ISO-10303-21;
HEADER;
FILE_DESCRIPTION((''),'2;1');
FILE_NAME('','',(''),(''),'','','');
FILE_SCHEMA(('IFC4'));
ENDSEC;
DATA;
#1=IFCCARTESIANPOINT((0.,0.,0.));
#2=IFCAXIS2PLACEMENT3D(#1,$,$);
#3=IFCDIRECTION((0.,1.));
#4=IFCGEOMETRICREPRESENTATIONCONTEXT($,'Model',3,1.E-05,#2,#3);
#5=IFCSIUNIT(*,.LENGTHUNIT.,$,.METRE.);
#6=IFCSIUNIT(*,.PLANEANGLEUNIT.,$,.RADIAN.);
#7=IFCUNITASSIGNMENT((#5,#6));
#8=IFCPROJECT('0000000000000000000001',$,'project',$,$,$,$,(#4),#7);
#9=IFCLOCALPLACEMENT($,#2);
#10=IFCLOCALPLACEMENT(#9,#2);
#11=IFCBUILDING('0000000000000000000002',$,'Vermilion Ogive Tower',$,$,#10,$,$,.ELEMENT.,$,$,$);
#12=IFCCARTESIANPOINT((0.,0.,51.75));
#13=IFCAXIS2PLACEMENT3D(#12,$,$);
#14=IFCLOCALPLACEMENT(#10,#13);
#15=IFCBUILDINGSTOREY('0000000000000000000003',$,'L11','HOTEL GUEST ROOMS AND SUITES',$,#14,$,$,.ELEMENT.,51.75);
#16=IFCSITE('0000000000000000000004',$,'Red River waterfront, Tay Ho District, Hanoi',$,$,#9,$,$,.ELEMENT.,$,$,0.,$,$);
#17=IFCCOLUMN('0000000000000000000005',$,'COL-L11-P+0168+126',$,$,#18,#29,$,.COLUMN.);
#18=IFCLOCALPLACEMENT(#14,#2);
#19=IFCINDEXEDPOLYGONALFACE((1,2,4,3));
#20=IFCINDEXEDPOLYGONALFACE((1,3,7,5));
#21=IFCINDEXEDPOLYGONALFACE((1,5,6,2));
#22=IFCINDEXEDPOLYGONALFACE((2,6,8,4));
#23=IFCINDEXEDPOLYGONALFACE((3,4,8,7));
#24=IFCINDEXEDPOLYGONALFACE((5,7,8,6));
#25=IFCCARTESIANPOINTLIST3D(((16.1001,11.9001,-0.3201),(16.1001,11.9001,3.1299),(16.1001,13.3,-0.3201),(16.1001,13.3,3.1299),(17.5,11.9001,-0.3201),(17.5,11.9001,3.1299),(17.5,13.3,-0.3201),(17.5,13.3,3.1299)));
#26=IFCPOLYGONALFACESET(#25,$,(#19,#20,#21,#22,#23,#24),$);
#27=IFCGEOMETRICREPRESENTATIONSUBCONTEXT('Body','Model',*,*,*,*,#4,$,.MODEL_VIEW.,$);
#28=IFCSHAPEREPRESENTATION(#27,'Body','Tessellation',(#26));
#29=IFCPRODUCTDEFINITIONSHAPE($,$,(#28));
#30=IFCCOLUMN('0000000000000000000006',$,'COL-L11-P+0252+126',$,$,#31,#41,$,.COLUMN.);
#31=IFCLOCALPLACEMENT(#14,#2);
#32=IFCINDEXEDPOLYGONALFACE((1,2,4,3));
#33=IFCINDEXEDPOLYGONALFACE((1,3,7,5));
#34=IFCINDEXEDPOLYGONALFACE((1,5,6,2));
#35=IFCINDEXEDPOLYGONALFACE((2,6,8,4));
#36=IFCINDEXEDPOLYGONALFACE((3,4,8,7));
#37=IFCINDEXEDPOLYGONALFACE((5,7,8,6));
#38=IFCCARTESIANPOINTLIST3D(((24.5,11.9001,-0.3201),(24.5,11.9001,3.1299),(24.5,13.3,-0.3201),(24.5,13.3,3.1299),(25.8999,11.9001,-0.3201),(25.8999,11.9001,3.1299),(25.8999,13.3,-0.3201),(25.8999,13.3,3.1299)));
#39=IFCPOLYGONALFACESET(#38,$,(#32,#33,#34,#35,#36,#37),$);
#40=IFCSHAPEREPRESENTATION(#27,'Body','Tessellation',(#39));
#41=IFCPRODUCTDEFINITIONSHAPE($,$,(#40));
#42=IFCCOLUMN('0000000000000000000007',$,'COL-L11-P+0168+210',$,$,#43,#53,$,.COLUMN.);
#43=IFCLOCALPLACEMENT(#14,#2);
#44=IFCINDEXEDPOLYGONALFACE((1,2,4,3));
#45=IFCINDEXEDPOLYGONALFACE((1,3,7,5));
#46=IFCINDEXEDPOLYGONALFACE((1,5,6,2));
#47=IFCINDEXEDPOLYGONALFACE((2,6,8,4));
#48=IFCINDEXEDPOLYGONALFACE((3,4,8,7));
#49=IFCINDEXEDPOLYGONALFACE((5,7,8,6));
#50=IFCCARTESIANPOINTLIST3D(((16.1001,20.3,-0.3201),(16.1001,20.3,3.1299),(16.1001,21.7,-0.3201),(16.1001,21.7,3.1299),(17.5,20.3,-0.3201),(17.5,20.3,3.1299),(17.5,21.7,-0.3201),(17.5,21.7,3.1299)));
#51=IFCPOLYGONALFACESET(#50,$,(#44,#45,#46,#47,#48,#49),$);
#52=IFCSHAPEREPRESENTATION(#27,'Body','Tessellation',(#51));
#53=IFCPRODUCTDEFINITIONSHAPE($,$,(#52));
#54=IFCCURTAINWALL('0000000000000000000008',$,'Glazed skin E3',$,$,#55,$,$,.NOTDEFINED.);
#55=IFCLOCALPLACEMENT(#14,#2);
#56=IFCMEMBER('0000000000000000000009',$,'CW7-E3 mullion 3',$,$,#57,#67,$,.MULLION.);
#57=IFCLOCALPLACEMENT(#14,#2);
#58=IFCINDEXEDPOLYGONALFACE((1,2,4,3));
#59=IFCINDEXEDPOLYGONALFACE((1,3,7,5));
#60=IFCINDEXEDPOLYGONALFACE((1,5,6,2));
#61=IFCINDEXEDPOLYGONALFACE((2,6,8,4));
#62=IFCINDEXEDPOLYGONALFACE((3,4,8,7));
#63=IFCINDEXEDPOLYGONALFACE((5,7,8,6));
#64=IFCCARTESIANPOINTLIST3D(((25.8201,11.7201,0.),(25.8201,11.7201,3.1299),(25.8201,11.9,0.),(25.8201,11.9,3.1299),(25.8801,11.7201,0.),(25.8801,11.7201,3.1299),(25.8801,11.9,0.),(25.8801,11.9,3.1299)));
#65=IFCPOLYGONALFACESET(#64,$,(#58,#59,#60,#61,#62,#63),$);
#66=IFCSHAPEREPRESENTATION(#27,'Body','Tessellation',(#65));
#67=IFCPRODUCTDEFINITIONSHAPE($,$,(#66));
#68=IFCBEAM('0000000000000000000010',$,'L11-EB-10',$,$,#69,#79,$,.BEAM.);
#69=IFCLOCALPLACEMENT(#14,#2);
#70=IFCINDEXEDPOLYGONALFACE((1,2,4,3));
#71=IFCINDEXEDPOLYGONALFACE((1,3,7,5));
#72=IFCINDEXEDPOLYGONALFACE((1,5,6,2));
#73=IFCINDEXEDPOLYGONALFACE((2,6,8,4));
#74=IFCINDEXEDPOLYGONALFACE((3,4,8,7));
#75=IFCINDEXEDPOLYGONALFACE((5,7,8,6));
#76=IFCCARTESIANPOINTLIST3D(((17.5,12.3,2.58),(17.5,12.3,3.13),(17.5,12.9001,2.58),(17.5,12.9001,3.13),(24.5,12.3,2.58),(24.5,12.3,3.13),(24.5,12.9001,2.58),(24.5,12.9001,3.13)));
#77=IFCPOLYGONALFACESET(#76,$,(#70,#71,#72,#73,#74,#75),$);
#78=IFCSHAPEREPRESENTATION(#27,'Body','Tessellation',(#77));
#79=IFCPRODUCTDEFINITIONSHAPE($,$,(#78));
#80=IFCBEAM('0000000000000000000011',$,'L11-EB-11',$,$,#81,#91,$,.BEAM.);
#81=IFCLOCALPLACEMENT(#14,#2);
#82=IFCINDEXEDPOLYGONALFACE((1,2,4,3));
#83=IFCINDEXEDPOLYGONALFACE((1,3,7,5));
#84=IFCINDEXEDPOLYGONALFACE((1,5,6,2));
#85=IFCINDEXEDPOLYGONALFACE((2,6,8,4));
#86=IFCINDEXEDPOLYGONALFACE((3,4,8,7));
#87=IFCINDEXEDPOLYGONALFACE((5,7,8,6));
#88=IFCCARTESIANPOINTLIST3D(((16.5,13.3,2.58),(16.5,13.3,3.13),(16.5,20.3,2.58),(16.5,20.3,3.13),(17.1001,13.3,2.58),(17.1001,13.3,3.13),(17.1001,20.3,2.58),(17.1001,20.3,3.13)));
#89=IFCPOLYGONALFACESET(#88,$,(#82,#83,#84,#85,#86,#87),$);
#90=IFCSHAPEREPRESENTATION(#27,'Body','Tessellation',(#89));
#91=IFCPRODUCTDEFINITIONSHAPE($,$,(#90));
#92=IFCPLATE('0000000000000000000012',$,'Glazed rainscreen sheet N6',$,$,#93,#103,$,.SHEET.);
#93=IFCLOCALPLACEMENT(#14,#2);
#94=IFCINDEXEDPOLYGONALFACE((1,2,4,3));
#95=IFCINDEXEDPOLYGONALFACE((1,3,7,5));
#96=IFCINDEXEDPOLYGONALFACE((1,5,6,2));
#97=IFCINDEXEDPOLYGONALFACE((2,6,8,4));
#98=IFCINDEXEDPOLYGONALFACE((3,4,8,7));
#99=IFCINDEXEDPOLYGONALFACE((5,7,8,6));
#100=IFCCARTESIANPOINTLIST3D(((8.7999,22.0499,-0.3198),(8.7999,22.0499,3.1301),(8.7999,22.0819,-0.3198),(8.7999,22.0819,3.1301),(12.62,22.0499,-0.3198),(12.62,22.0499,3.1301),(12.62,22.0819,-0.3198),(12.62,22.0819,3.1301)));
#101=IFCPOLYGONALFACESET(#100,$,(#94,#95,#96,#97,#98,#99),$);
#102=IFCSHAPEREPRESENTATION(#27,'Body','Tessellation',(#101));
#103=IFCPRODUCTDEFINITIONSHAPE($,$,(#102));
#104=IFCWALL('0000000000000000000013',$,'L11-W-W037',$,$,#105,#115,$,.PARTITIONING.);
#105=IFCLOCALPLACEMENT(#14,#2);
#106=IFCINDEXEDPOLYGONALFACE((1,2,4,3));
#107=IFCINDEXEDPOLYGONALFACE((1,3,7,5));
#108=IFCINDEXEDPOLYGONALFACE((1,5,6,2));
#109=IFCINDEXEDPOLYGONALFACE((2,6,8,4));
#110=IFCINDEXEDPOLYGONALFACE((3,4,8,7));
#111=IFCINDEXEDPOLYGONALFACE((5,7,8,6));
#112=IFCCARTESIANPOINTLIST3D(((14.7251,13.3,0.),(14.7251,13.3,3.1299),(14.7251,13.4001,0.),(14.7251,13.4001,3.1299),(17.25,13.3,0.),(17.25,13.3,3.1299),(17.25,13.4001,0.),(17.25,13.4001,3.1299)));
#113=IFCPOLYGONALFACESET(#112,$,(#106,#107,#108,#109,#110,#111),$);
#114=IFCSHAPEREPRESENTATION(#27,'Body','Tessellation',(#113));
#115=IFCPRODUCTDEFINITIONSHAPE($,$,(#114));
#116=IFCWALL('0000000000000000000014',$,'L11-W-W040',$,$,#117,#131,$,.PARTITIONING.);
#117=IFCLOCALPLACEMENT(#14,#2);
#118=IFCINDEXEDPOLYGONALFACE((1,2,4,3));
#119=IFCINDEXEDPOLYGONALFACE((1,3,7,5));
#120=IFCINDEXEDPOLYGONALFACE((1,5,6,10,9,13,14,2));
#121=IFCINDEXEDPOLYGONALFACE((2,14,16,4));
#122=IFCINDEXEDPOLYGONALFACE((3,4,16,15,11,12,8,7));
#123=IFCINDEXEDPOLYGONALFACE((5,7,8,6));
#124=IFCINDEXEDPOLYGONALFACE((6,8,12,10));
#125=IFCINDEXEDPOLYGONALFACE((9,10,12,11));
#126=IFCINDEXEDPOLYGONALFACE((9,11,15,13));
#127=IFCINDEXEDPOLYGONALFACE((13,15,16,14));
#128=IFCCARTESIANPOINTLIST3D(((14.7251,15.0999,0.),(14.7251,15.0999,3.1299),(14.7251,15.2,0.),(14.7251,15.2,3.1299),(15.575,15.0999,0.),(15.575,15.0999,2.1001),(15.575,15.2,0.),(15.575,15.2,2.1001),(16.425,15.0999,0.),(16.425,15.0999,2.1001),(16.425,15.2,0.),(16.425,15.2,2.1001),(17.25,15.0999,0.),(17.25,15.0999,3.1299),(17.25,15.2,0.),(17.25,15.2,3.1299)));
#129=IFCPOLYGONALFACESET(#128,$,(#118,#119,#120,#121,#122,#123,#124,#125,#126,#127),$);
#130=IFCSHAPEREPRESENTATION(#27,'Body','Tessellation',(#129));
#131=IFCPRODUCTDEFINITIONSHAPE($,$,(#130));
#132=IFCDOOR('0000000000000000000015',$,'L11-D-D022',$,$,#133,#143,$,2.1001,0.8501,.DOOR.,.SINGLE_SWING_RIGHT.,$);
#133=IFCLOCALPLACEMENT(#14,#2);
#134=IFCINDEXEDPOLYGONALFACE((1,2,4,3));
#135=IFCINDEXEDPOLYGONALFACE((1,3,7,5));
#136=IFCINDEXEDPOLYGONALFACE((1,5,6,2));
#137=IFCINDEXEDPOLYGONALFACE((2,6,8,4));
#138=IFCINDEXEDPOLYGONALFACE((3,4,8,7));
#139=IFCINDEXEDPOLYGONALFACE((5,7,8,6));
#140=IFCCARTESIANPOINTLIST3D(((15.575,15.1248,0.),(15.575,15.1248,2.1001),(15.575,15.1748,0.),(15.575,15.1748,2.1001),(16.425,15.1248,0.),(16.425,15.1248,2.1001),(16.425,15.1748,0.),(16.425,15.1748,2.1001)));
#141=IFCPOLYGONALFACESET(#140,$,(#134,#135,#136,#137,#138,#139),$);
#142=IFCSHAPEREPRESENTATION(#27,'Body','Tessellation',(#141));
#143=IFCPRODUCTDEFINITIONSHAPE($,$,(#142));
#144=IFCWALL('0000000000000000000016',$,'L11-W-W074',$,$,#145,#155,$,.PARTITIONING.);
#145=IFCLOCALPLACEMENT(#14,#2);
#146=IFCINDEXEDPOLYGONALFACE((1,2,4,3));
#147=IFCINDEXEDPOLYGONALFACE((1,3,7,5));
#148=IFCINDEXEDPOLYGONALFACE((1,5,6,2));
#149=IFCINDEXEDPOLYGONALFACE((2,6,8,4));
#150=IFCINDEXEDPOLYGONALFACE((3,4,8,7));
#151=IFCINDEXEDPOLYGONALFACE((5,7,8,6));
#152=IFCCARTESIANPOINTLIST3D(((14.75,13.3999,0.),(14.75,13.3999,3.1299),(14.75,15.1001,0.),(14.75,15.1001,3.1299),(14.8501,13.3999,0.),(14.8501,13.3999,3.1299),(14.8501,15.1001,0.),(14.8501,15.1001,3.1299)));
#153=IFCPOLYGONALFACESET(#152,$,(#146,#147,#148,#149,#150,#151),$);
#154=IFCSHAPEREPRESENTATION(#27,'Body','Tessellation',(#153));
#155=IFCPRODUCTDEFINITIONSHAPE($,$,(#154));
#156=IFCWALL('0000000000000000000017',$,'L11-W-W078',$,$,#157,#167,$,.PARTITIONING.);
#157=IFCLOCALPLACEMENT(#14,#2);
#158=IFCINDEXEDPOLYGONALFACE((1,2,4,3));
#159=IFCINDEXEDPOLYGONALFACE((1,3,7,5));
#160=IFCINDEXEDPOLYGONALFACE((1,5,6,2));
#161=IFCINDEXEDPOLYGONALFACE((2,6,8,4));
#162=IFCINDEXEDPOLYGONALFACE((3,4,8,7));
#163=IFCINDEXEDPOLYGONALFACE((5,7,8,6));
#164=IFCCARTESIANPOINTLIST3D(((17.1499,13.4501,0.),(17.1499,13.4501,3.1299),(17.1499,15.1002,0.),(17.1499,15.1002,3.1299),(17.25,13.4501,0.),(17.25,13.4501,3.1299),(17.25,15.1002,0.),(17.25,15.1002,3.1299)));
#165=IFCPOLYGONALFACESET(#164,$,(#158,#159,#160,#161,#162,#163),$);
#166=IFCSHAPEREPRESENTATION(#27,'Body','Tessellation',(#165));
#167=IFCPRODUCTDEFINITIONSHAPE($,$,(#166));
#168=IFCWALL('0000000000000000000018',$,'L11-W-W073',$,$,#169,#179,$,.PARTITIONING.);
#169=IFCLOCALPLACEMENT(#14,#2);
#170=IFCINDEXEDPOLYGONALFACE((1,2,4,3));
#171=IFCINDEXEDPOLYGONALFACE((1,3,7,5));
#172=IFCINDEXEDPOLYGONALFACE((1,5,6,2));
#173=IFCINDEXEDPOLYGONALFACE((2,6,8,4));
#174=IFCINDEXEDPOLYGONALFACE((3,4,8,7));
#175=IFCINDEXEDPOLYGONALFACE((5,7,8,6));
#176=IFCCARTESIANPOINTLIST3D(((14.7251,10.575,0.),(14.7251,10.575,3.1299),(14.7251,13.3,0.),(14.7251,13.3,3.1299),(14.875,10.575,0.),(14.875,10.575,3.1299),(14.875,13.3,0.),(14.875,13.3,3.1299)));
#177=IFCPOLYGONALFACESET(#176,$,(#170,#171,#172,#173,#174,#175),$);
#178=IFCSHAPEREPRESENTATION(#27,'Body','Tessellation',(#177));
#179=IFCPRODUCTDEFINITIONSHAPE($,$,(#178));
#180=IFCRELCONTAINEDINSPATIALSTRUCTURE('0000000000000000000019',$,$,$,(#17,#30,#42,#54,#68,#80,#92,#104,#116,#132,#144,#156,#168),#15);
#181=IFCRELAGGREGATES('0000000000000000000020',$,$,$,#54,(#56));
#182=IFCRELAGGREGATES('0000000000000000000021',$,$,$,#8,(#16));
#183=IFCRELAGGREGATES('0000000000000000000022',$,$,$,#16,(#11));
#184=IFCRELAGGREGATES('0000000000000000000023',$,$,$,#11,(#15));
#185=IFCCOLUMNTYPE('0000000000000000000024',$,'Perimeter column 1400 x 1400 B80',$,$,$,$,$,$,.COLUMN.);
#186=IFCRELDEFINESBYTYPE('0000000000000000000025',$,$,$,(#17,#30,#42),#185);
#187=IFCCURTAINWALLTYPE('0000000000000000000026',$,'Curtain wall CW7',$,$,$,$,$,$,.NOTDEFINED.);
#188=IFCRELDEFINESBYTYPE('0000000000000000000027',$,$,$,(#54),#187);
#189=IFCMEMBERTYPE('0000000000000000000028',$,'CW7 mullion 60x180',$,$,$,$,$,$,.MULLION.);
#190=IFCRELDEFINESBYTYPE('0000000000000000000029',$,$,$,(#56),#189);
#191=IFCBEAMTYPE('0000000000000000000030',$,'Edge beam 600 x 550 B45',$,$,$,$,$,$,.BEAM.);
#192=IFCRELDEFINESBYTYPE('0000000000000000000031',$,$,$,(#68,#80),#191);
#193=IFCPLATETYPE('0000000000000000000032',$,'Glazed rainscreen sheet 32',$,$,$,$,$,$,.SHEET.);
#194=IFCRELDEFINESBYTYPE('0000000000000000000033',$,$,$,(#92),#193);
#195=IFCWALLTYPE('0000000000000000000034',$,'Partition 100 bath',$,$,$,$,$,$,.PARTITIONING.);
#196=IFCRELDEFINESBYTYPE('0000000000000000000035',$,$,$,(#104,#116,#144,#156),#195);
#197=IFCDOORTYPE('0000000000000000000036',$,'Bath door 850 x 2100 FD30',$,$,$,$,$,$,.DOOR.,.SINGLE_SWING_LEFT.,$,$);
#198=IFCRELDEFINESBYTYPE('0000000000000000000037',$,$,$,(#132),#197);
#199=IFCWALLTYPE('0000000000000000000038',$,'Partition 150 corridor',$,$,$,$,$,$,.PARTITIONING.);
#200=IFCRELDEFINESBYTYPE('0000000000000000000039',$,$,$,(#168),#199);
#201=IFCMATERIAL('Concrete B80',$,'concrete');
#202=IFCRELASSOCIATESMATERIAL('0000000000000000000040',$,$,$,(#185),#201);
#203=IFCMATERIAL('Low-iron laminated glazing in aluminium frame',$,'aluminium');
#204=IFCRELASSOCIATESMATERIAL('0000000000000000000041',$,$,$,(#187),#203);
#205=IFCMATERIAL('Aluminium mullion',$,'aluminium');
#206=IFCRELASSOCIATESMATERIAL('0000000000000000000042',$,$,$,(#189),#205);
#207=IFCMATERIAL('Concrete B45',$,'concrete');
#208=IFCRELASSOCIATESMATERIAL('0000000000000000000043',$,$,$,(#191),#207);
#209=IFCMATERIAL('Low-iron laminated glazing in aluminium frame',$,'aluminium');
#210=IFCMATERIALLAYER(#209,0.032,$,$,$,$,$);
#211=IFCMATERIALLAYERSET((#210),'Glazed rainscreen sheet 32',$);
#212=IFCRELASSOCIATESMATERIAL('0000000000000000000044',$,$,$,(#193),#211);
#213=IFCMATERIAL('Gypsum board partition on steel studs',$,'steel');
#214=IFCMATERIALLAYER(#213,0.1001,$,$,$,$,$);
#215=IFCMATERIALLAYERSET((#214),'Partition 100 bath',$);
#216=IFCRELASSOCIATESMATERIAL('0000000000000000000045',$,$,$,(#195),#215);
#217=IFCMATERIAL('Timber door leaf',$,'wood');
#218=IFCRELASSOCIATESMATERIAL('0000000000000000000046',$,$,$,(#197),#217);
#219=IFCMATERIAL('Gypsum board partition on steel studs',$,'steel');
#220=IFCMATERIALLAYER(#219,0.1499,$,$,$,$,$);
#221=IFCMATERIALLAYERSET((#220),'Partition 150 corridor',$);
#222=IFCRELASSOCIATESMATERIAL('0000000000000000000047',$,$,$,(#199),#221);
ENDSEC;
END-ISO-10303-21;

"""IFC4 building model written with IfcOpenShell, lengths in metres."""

from ifc_helpers import new_model, si_unit, direction, frame, frame_2d, origin, origin_2d, place, context, subcontext, project, spatial, rectangle, extrude, material, layer, layer_set, material_profile, profile_set, type_object, element, fill, aggregate, save


model = new_model("IFC4")

# Units and contexts
model_context = context("Model", 3, precision=1e-05, world=origin(), true_north=direction((0.0, 1.0)))
body_context = subcontext(model_context, "Body", "Model", "MODEL_VIEW")
ifc_project = project(units=[si_unit("LENGTHUNIT", "METRE"), si_unit("PLANEANGLEUNIT", "RADIAN")], contexts=[model_context])

# Site, building, storey
site_placement = place(None, origin())
site = spatial("IfcSite", under=ifc_project, at=site_placement, Name="Red River waterfront, Tay Ho District, Hanoi", CompositionType="ELEMENT", RefElevation=0.0)
building_placement = place(site_placement, origin())
building = spatial("IfcBuilding", under=site, at=building_placement, Name="Vermilion Ogive Tower", CompositionType="ELEMENT")
storey_placement = place(building_placement, frame((0.0, 0.0, 51.75)))
storey = spatial("IfcBuildingStorey", under=building, at=storey_placement, Name="L11", Description="HOTEL GUEST ROOMS AND SUITES", CompositionType="ELEMENT", Elevation=51.75)

# Columns
ifc_material_1 = material(Name="Concrete B80", Category="concrete")
ifc_material_profile_1 = material_profile(ifc_material_1, rectangle(XDim=1.3999, YDim=1.3999, at=origin_2d()), Name="1400 x 1400")
ifc_profile_set_1 = profile_set([ifc_material_profile_1], Name="Concrete B80")
column_type = type_object("IfcColumnType", Name="Perimeter column 1400 x 1400 B80", PredefinedType="COLUMN", material=ifc_profile_set_1)
for number, where, z_axis, x_axis, name in (
    (1, (16.8, 12.6001, -0.3201), (0.0, 0.0, 1.0), (1.0, 0.0, 0.0), "COL-L11-P+0168+126"),
    (2, (25.2, 12.6001, -0.3201), (0.0, 0.0, 1.0), (1.0, 0.0, 0.0), "COL-L11-P+0252+126"),
    (3, (16.8, 21.0, -0.3201), (0.0, 0.0, 1.0), (1.0, 0.0, 0.0), "COL-L11-P+0168+210"),
):
    element("IfcColumn", number, at=place(storey_placement, frame(where, z_axis=z_axis, x_axis=x_axis)), inside=storey, type_object=column_type, Name=name, PredefinedType="COLUMN", context=body_context, shape_type="SweptSolid", body=[
        extrude(rectangle(XDim=1.3999, YDim=1.3999, at=origin_2d()), origin(), (0.0, 0.0, 1.0), 3.45),
    ])

# Curtain wall, member
ifc_material_2 = material(Name="Low-iron laminated glazing in aluminium frame", Category="aluminium")
curtain_wall_type = type_object("IfcCurtainWallType", Name="Curtain wall CW7", PredefinedType="NOTDEFINED", material=ifc_material_2)
curtain_wall_placement = place(storey_placement, origin())
curtain_wall = element("IfcCurtainWall", 4, at=curtain_wall_placement, inside=storey, type_object=curtain_wall_type, Name="Glazed skin E3", PredefinedType="NOTDEFINED")
ifc_material_3 = material(Name="Aluminium mullion", Category="aluminium")
ifc_material_profile_2 = material_profile(ifc_material_3, rectangle(XDim=0.0601, YDim=0.1799, at=origin_2d()), Name="AL 60x180")
ifc_profile_set_2 = profile_set([ifc_material_profile_2], Name="Aluminium mullion")
member_type = type_object("IfcMemberType", Name="CW7 mullion 60x180", PredefinedType="MULLION", material=ifc_profile_set_2)
member_placement = place(storey_placement, frame((25.8501, 11.8101, 0.0), z_axis=(0.0, 0.0, 1.0), x_axis=(-1.0, 0.0, 0.0)))
member = element("IfcMember", 5, at=member_placement, type_object=member_type, Name="CW7-E3 mullion 3", PredefinedType="MULLION", context=body_context, shape_type="SweptSolid", body=[
    extrude(rectangle(XDim=0.0601, YDim=0.1799, at=origin_2d()), origin(), (0.0, 0.0, 1.0), 3.1299),
])
aggregate(curtain_wall, [member])

# Beams
ifc_material_4 = material(Name="Concrete B45", Category="concrete")
ifc_material_profile_3 = material_profile(ifc_material_4, rectangle(XDim=0.6001, YDim=0.55, at=origin_2d()), Name="600 x 550")
ifc_profile_set_3 = profile_set([ifc_material_profile_3], Name="Concrete B45")
beam_type = type_object("IfcBeamType", Name="Edge beam 600 x 550 B45", PredefinedType="BEAM", material=ifc_profile_set_3)
for number, where, z_axis, x_axis, name in (
    (6, (24.5, 12.6001, 2.855), (-1.0, 0.0, 0.0), (0.0, -1.0, 0.0), "L11-EB-10"),
    (7, (16.8, 13.3, 2.855), (0.0, 1.0, 0.0), (-1.0, 0.0, 0.0), "L11-EB-11"),
):
    element("IfcBeam", number, at=place(storey_placement, frame(where, z_axis=z_axis, x_axis=x_axis)), inside=storey, type_object=beam_type, Name=name, PredefinedType="BEAM", context=body_context, shape_type="SweptSolid", body=[
        extrude(rectangle(XDim=0.6001, YDim=0.55, at=origin_2d()), origin(), (0.0, 0.0, 1.0), 7.0),
    ])

# Plate
ifc_material_5 = material(Name="Low-iron laminated glazing in aluminium frame", Category="aluminium")
ifc_layer_1 = layer(ifc_material_5, 0.032)
ifc_layer_set_1 = layer_set([ifc_layer_1], Name="Glazed rainscreen sheet 32")
plate_type = type_object("IfcPlateType", Name="Glazed rainscreen sheet 32", PredefinedType="SHEET", material=ifc_layer_set_1)
plate_placement = place(storey_placement, frame((10.71, 22.0659, -0.3198), z_axis=(0.0, 0.0, 1.0), x_axis=(1.0, 0.0, 0.0)))
element("IfcPlate", 8, at=plate_placement, inside=storey, type_object=plate_type, Name="Glazed rainscreen sheet N6", PredefinedType="SHEET", context=body_context, shape_type="SweptSolid", body=[
    extrude(rectangle(XDim=3.8201, YDim=0.032, at=origin_2d()), origin(), (0.0, 0.0, 1.0), 3.45),
])

# Wall
ifc_material_6 = material(Name="Gypsum board partition on steel studs", Category="steel")
ifc_layer_2 = layer(ifc_material_6, 0.1001)
ifc_layer_set_2 = layer_set([ifc_layer_2], Name="Partition 100 bath")
wall_type_1 = type_object("IfcWallType", Name="Partition 100 bath", PredefinedType="PARTITIONING", material=ifc_layer_set_2)
wall_1_placement = place(storey_placement, frame((14.7251, 13.3501, 0.0), z_axis=(0.0, 0.0, 1.0), x_axis=(1.0, 0.0, 0.0)))
element("IfcWall", 9, at=wall_1_placement, inside=storey, type_object=wall_type_1, Name="L11-W-W037", PredefinedType="PARTITIONING", context=body_context, shape_type="SweptSolid", body=[
    extrude(rectangle(XDim=2.5249, YDim=0.1001, at=frame_2d((1.2625, 0.0))), origin(), (0.0, 0.0, 1.0), 3.1299),
])

# Wall, opening, door
wall_2_placement = place(storey_placement, frame((14.7251, 15.1499, 0.0), z_axis=(0.0, 0.0, 1.0), x_axis=(1.0, 0.0, 0.0)))
wall_2 = element("IfcWall", 10, at=wall_2_placement, inside=storey, type_object=wall_type_1, Name="L11-W-W040", PredefinedType="PARTITIONING", context=body_context, shape_type="SweptSolid", body=[
    extrude(rectangle(XDim=2.5249, YDim=0.1001, at=frame_2d((1.2625, 0.0))), origin(), (0.0, 0.0, 1.0), 3.1299),
])
opening_1_placement = place(wall_2_placement, frame((0.8499, 0.0, 0.0)))
opening_1 = element("IfcOpeningElement", 11, at=opening_1_placement, cuts=wall_2, PredefinedType="OPENING", context=body_context, shape_type="SweptSolid", body=[
    extrude(rectangle(XDim=0.8501, YDim=2.1001, at=frame_2d((0.425, 1.05))), frame((0.0, 0.0601, 0.0), z_axis=(0.0, -1.0, 0.0), x_axis=(1.0, 0.0, 0.0)), (0.0, 0.0, 1.0), 0.1201),
])
ifc_material_7 = material(Name="Timber door leaf", Category="wood")
door_type_1 = type_object("IfcDoorType", Name="Bath door 850 x 2100 FD30", OperationType="SINGLE_SWING_LEFT", PredefinedType="DOOR", material=ifc_material_7)
door_1_placement = place(opening_1_placement, origin())
door_1 = element("IfcDoor", 12, at=door_1_placement, inside=storey, type_object=door_type_1, Name="L11-D-D022", OperationType="SINGLE_SWING_RIGHT", OverallHeight=2.1001, OverallWidth=0.8501, PredefinedType="DOOR", context=body_context, shape_type="SweptSolid", body=[
    extrude(rectangle(XDim=0.8501, YDim=2.1001, at=frame_2d((0.425, 1.05))), frame((0.0, 0.0249, 0.0), z_axis=(0.0, -1.0, 0.0), x_axis=(1.0, 0.0, 0.0)), (0.0, 0.0, 1.0), 0.05),
])
fill(opening_1, door_1)

# Walls
wall_3_placement = place(storey_placement, frame((14.8, 13.3999, 0.0), z_axis=(0.0, 0.0, 1.0), x_axis=(0.0, 1.0, 0.0)))
element("IfcWall", 13, at=wall_3_placement, inside=storey, type_object=wall_type_1, Name="L11-W-W074", PredefinedType="PARTITIONING", context=body_context, shape_type="SweptSolid", body=[
    extrude(rectangle(XDim=1.7002, YDim=0.1001, at=frame_2d((0.8501, 0.0))), origin(), (0.0, 0.0, 1.0), 3.1299),
])
wall_4_placement = place(storey_placement, frame((17.2, 13.45, 0.0), z_axis=(0.0, 0.0, 1.0), x_axis=(0.0, 1.0, 0.0)))
element("IfcWall", 14, at=wall_4_placement, inside=storey, type_object=wall_type_1, Name="L11-W-W078", PredefinedType="PARTITIONING", context=body_context, shape_type="SweptSolid", body=[
    extrude(rectangle(XDim=1.6501, YDim=0.1001, at=frame_2d((0.8252, 0.0))), origin(), (0.0, 0.0, 1.0), 3.1299),
])
ifc_material_8 = material(Name="Gypsum board partition on steel studs", Category="steel")
ifc_layer_3 = layer(ifc_material_8, 0.1499)
ifc_layer_set_3 = layer_set([ifc_layer_3], Name="Partition 150 corridor")
wall_type_2 = type_object("IfcWallType", Name="Partition 150 corridor", PredefinedType="PARTITIONING", material=ifc_layer_set_3)
wall_5_placement = place(storey_placement, frame((14.8, 10.575, 0.0), z_axis=(0.0, 0.0, 1.0), x_axis=(0.0, 1.0, 0.0)))
element("IfcWall", 15, at=wall_5_placement, inside=storey, type_object=wall_type_2, Name="L11-W-W073", PredefinedType="PARTITIONING", context=body_context, shape_type="SweptSolid", body=[
    extrude(rectangle(XDim=2.7251, YDim=0.1499, at=frame_2d((1.3625, 0.0))), origin(), (0.0, 0.0, 1.0), 3.1299),
])

save(model, "model.ifc")
